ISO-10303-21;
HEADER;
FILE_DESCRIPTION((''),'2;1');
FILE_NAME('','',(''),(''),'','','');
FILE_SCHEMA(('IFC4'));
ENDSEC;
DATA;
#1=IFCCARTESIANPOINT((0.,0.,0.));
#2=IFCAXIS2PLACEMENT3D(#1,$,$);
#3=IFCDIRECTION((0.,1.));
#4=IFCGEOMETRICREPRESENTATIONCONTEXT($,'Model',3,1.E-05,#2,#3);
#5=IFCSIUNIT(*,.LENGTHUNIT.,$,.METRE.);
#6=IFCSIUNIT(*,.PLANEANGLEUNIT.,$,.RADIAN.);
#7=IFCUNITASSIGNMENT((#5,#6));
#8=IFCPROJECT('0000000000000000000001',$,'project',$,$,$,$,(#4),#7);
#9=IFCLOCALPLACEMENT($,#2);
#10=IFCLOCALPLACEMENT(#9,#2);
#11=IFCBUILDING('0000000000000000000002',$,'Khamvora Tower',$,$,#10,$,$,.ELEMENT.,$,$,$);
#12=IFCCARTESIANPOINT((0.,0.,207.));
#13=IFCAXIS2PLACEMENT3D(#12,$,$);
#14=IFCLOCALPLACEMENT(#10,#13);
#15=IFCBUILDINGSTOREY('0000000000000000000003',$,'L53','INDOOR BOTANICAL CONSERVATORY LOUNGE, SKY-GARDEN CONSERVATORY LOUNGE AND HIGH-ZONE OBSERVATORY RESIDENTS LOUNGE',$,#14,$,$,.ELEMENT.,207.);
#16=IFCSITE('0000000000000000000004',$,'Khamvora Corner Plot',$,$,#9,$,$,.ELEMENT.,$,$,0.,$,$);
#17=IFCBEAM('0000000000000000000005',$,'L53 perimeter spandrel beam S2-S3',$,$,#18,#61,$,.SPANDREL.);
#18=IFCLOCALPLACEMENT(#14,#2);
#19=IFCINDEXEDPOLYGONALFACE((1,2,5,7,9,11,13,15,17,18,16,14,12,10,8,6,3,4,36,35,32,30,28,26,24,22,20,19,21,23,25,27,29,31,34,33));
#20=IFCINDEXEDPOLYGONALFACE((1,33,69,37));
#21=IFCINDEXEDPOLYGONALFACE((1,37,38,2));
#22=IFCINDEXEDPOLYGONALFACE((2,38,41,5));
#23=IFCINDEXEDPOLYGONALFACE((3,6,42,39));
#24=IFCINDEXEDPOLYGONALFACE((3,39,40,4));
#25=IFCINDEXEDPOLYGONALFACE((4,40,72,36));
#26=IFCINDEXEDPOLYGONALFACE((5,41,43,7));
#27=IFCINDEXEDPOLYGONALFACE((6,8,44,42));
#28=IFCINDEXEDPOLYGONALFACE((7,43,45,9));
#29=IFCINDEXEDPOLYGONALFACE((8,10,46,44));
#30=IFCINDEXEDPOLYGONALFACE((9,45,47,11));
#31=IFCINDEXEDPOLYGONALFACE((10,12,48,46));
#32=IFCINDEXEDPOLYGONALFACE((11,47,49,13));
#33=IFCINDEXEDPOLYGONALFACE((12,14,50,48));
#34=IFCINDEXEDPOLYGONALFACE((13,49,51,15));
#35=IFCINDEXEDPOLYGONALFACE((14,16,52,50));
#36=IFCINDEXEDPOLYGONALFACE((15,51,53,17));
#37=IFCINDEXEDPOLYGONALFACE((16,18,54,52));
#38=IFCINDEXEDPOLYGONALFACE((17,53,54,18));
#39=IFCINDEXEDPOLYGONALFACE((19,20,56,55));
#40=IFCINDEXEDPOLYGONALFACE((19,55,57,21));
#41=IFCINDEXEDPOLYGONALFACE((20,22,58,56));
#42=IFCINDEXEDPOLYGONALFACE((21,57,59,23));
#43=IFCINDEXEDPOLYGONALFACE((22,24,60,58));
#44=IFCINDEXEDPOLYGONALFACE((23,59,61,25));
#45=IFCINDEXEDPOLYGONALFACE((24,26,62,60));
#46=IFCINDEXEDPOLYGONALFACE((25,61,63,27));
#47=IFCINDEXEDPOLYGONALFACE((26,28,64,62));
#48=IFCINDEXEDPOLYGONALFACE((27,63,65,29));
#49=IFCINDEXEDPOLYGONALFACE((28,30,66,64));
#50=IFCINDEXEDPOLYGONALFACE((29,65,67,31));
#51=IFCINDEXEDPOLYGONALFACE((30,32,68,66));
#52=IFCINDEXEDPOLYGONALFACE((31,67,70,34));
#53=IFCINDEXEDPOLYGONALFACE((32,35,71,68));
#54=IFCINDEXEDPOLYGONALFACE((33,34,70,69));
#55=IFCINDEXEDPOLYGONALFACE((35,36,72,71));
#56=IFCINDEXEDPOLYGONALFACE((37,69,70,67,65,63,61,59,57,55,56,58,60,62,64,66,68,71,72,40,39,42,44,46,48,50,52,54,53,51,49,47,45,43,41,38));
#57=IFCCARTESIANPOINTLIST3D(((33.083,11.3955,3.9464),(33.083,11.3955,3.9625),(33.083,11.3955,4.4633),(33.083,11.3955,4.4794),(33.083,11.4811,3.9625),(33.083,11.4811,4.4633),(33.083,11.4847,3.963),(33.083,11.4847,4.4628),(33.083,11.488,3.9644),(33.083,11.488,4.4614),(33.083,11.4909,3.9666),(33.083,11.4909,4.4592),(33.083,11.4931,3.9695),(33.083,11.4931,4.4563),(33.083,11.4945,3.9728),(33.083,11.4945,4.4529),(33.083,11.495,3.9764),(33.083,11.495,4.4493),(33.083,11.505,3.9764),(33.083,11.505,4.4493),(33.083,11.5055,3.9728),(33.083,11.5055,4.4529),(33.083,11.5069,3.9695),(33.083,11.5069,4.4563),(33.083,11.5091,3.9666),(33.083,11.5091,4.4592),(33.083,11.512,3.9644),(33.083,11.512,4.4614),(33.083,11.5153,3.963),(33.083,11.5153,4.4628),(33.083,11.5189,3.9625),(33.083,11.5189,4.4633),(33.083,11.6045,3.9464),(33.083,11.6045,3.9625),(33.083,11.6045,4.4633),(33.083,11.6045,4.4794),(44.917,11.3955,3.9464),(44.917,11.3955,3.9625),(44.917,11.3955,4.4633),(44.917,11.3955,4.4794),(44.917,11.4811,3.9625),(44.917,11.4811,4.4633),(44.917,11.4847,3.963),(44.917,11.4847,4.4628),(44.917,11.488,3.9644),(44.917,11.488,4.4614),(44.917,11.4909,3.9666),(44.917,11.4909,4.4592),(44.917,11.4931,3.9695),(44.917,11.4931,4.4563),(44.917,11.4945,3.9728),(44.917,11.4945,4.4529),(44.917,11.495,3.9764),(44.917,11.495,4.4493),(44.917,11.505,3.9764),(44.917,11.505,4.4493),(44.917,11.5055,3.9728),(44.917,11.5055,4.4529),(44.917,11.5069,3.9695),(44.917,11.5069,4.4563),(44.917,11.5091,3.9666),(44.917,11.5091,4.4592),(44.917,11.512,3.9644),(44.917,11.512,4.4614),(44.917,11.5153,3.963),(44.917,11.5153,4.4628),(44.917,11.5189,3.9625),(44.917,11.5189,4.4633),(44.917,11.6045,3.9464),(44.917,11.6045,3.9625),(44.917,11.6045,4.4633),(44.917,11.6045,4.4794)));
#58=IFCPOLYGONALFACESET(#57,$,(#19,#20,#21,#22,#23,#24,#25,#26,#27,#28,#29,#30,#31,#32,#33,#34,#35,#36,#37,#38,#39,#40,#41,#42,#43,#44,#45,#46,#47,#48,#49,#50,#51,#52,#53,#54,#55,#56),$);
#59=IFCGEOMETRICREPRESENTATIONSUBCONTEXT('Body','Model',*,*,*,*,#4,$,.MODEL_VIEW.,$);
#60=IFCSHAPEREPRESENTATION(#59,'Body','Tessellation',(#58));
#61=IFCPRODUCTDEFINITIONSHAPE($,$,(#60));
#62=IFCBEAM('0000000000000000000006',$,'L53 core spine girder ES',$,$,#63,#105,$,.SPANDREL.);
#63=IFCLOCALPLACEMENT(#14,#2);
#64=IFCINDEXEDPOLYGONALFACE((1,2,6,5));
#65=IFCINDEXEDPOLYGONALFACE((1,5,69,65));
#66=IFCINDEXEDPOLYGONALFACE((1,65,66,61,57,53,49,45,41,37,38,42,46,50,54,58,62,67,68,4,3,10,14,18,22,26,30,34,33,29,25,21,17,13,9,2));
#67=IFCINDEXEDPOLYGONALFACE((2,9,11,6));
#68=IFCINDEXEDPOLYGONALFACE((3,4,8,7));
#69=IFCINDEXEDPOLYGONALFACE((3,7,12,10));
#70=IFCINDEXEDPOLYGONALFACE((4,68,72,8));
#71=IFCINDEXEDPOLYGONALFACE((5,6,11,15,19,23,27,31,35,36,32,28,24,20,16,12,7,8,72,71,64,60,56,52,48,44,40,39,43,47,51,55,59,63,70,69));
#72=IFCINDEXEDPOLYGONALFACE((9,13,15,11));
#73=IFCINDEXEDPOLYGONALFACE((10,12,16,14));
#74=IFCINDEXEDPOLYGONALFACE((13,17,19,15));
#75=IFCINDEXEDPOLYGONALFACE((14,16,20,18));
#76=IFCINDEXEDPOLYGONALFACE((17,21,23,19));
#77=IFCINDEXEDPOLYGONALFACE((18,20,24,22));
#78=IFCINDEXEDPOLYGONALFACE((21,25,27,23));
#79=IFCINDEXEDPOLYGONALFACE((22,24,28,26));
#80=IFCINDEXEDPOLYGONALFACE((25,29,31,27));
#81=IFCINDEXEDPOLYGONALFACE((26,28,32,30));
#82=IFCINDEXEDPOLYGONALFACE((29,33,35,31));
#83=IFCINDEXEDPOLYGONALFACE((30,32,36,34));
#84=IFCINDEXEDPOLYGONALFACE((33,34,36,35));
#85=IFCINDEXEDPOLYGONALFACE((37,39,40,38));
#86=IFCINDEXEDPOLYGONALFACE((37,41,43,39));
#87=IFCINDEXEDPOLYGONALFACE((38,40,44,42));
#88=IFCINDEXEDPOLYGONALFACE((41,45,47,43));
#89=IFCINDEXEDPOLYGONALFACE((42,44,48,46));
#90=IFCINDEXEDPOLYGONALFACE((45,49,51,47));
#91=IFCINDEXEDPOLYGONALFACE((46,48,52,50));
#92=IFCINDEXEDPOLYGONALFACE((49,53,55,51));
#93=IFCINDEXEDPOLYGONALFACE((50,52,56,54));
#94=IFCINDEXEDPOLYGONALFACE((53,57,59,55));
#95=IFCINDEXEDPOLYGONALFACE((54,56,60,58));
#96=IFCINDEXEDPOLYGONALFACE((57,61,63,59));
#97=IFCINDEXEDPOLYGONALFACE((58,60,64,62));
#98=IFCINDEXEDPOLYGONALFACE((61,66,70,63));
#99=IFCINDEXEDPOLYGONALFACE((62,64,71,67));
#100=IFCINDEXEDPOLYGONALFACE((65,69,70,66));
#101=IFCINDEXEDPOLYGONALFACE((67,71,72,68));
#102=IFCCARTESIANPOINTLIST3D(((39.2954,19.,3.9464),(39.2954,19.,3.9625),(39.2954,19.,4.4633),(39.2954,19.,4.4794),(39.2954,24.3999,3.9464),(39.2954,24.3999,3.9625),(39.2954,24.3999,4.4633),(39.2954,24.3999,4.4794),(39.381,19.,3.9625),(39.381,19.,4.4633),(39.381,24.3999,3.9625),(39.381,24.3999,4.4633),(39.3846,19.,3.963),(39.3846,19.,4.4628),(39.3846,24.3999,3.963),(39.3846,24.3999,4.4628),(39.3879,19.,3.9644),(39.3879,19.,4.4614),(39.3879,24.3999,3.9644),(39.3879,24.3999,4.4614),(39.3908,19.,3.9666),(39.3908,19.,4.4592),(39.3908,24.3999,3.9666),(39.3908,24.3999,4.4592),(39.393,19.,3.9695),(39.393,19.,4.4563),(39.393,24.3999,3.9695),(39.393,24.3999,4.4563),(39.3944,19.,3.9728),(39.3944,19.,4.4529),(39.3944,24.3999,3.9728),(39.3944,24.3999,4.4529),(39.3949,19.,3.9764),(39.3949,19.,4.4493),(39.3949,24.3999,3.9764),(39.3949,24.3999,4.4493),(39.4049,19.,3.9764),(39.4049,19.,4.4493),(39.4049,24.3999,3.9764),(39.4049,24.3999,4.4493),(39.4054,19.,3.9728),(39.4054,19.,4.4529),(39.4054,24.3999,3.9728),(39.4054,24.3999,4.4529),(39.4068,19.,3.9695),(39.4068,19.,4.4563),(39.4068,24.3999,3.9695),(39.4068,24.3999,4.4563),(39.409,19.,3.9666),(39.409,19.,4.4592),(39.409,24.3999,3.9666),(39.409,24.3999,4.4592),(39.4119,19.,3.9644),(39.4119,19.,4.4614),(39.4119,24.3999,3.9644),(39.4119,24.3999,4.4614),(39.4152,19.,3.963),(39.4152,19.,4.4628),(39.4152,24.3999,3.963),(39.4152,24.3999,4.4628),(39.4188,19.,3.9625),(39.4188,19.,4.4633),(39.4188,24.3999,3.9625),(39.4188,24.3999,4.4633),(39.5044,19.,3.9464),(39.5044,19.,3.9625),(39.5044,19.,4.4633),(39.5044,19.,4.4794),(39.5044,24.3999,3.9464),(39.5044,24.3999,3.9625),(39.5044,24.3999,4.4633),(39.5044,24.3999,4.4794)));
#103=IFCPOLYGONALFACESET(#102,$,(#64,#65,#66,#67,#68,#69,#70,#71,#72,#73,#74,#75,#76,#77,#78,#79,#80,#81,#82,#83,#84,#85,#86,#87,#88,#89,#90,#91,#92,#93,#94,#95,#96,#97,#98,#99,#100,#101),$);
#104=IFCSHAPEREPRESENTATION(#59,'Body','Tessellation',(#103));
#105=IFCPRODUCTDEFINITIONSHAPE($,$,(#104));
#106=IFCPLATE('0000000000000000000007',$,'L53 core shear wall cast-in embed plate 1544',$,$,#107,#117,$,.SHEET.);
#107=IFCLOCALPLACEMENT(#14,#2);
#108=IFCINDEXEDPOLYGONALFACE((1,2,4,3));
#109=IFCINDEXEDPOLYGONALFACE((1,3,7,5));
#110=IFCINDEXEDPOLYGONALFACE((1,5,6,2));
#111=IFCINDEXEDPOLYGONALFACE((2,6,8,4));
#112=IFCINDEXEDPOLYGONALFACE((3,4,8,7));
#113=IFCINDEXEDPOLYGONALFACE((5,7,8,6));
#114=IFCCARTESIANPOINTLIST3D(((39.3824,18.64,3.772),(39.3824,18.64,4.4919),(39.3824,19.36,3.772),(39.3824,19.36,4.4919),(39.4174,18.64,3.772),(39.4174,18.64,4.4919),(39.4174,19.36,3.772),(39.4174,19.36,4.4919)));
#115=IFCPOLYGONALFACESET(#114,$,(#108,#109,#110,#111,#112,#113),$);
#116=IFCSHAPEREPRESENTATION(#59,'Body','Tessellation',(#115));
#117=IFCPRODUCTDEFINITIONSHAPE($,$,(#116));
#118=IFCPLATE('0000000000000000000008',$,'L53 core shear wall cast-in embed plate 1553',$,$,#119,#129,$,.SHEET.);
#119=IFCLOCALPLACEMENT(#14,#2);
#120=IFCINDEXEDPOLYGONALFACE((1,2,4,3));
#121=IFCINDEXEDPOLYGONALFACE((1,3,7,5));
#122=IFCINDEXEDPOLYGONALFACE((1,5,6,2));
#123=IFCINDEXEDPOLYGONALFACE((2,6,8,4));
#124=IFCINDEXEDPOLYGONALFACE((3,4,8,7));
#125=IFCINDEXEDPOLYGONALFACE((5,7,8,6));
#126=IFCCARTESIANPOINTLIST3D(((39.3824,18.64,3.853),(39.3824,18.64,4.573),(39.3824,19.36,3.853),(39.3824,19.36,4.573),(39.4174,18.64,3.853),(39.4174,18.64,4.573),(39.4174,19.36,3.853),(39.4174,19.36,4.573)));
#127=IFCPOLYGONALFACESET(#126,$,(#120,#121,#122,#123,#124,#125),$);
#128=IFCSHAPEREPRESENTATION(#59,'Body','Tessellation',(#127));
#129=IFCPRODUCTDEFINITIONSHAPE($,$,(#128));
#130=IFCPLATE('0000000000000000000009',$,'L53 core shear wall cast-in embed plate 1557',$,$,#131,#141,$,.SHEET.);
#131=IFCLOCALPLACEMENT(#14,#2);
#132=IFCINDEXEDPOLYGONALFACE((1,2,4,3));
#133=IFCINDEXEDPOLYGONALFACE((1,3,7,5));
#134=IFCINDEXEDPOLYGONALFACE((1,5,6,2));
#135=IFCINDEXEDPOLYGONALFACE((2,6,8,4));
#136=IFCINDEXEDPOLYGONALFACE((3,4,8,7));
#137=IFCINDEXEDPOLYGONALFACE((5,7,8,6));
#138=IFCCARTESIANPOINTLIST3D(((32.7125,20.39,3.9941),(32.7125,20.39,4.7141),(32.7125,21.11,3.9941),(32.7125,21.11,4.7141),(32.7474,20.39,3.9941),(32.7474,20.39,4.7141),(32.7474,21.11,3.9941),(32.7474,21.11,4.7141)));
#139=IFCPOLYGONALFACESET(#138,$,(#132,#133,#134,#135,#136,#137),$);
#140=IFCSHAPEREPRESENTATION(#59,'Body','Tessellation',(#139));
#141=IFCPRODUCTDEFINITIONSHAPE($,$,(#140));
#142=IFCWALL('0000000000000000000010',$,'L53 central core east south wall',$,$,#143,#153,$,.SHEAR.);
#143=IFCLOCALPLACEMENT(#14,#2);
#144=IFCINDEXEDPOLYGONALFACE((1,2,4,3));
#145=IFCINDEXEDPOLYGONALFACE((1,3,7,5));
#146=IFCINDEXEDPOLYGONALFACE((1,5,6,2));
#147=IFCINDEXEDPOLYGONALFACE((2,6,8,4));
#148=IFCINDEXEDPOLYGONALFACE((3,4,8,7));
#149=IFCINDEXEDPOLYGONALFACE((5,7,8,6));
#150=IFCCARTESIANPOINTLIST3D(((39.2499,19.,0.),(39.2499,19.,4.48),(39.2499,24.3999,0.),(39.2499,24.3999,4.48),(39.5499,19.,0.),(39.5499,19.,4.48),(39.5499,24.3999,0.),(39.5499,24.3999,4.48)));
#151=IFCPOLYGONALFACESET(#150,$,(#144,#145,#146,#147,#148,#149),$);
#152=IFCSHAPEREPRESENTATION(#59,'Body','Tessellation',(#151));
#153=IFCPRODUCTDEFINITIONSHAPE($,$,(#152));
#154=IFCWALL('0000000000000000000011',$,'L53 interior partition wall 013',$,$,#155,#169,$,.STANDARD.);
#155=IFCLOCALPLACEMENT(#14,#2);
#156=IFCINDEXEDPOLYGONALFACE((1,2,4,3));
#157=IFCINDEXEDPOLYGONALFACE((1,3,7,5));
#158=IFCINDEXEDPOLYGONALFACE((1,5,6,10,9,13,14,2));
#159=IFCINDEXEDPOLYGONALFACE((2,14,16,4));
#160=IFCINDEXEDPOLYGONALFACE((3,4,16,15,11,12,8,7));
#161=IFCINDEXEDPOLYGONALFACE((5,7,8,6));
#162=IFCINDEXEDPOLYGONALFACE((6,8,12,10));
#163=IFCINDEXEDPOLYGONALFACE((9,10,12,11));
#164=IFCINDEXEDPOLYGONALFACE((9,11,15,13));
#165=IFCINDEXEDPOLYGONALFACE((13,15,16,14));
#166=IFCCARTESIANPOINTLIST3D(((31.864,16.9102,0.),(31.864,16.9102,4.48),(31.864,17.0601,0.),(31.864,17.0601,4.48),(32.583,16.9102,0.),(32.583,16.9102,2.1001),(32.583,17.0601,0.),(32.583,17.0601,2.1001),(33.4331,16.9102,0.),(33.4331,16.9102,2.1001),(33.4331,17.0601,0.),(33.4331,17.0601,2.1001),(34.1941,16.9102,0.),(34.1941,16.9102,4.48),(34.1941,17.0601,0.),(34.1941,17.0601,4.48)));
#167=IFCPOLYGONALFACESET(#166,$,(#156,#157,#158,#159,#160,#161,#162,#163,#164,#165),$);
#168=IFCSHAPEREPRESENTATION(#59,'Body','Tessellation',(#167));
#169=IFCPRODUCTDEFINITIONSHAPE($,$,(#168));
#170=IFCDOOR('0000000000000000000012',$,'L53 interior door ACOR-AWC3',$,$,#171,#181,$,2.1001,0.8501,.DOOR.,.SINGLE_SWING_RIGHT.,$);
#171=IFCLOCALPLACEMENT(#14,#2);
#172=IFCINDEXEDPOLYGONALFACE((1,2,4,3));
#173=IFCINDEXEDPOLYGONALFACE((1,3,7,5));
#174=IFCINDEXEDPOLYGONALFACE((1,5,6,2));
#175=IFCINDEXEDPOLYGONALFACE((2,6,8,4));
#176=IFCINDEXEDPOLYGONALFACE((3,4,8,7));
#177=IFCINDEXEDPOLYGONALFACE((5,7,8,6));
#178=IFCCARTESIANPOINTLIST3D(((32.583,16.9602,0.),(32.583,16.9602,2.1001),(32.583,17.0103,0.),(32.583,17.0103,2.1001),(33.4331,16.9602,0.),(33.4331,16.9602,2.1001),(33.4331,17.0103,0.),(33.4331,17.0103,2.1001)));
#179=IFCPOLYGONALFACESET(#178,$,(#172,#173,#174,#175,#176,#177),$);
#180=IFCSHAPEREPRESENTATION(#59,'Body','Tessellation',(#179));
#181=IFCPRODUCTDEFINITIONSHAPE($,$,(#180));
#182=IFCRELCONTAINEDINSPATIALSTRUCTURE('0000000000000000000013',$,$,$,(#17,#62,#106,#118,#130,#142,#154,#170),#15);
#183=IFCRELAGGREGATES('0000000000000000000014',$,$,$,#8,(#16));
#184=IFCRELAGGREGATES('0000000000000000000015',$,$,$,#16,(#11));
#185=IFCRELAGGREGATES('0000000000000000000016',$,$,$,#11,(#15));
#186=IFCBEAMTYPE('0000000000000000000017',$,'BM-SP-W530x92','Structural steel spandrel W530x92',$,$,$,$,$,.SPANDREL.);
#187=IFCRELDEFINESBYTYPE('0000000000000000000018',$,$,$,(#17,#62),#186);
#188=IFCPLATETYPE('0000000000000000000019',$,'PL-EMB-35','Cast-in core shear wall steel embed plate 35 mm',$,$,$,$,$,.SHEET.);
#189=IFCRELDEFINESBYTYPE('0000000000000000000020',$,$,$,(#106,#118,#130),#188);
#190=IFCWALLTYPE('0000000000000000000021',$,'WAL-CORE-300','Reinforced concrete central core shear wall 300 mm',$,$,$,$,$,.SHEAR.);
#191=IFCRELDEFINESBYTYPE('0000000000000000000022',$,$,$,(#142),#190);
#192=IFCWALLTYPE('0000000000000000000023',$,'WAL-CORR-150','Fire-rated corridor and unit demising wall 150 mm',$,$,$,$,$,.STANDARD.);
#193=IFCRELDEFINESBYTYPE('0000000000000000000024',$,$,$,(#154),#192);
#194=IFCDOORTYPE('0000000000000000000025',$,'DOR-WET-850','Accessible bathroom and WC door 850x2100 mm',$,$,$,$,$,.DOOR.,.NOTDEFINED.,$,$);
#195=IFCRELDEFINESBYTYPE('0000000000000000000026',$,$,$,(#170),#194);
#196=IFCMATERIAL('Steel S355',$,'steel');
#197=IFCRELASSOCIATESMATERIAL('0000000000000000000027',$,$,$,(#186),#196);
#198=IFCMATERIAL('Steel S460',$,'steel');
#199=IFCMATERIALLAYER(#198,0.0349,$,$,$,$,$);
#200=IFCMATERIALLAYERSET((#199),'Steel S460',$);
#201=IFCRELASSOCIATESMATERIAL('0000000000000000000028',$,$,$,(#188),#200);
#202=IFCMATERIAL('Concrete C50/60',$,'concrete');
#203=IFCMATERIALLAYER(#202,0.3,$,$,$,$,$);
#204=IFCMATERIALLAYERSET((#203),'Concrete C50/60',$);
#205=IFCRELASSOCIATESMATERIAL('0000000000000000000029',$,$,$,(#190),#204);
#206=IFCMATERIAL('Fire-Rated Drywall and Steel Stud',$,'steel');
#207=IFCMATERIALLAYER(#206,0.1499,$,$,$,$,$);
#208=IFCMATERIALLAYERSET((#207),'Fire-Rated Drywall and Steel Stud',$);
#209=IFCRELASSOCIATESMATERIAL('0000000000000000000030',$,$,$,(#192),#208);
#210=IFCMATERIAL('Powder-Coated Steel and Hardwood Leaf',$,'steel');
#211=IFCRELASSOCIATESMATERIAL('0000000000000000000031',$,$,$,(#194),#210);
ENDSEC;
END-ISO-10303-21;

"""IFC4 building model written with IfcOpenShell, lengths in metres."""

from ifc_helpers import new_model, si_unit, direction, frame, frame_2d, origin, origin_2d, place, context, subcontext, project, spatial, rectangle, i_section, extrude, material, layer, layer_set, material_profile, profile_set, type_object, element, fill, save


model = new_model("IFC4")

# Units and contexts
model_context = context("Model", 3, precision=1e-05, world=origin(), true_north=direction((0.0, 1.0)))
body_context = subcontext(model_context, "Body", "Model", "MODEL_VIEW")
ifc_project = project(units=[si_unit("LENGTHUNIT", "METRE"), si_unit("PLANEANGLEUNIT", "RADIAN")], contexts=[model_context])

# Site, building, storey
site_placement = place(None, origin())
site = spatial("IfcSite", under=ifc_project, at=site_placement, Name="Khamvora Corner Plot", CompositionType="ELEMENT", RefElevation=0.0)
building_placement = place(site_placement, origin())
building = spatial("IfcBuilding", under=site, at=building_placement, Name="Khamvora Tower", CompositionType="ELEMENT")
storey_placement = place(building_placement, frame((0.0, 0.0, 207.0)))
storey = spatial("IfcBuildingStorey", under=building, at=storey_placement, Name="L53", Description="INDOOR BOTANICAL CONSERVATORY LOUNGE, SKY-GARDEN CONSERVATORY LOUNGE AND HIGH-ZONE OBSERVATORY RESIDENTS LOUNGE", CompositionType="ELEMENT", Elevation=207.0)

# Shared definitions
ifc_material_1 = material(Name="Steel S460", Category="steel")
ifc_material_2 = material(Name="Steel S355", Category="steel")

# Beams
ifc_material_profile_1 = material_profile(ifc_material_2, i_section(OverallWidth=0.209, OverallDepth=0.533, WebThickness=0.01, FlangeThickness=0.0161, FilletRadius=0.0139, at=origin_2d()), Name="W530x92")
ifc_profile_set_1 = profile_set([ifc_material_profile_1], Name="Steel S355")
beam_type_1 = type_object("IfcBeamType", Name="BM-SP-W530x92", Description="Structural steel spandrel W530x92", PredefinedType="SPANDREL", material=ifc_profile_set_1)
beam_1_placement = place(storey_placement, frame((33.083, 11.5, 4.2129), z_axis=(1.0, 0.0, 0.0), x_axis=(0.0, 1.0, 0.0)))
element("IfcBeam", 1, at=beam_1_placement, inside=storey, type_object=beam_type_1, Name="L53 perimeter spandrel beam S2-S3", PredefinedType="SPANDREL", context=body_context, shape_type="SweptSolid", body=[
    extrude(i_section(OverallWidth=0.209, OverallDepth=0.533, WebThickness=0.01, FlangeThickness=0.0161, FilletRadius=0.0139, at=origin_2d()), origin(), (0.0, 0.0, 1.0), 11.834),
])
beam_2_placement = place(storey_placement, frame((39.3999, 19.0, 4.2129), z_axis=(0.0, 1.0, 0.0), x_axis=(-1.0, 0.0, 0.0)))
element("IfcBeam", 2, at=beam_2_placement, inside=storey, type_object=beam_type_1, Name="L53 core spine girder ES", PredefinedType="SPANDREL", context=body_context, shape_type="SweptSolid", body=[
    extrude(i_section(OverallWidth=0.209, OverallDepth=0.533, WebThickness=0.01, FlangeThickness=0.0161, FilletRadius=0.0139, at=origin_2d()), origin(), (0.0, 0.0, 1.0), 5.3999),
])

# Plates
ifc_layer_1 = layer(ifc_material_1, 0.0349)
ifc_layer_set_1 = layer_set([ifc_layer_1], Name="Steel S460")
plate_type = type_object("IfcPlateType", Name="PL-EMB-35", Description="Cast-in core shear wall steel embed plate 35 mm", PredefinedType="SHEET", material=ifc_layer_set_1)
for number, where, z_axis, x_axis, name in (
    (3, (39.3999, 19.0, 3.772), (0.0, 0.0, 1.0), (1.0, 0.0, 0.0), "L53 core shear wall cast-in embed plate 1544"),
    (4, (39.3999, 19.0, 3.853), (0.0, 0.0, 1.0), (1.0, 0.0, 0.0), "L53 core shear wall cast-in embed plate 1553"),
    (5, (32.73, 20.75, 3.9941), (0.0, 0.0, 1.0), (1.0, 0.0, 0.0), "L53 core shear wall cast-in embed plate 1557"),
):
    element("IfcPlate", number, at=place(storey_placement, frame(where, z_axis=z_axis, x_axis=x_axis)), inside=storey, type_object=plate_type, Name=name, PredefinedType="SHEET", context=body_context, shape_type="SweptSolid", body=[
        extrude(rectangle(XDim=0.0349, YDim=0.72, at=origin_2d()), origin(), (0.0, 0.0, 1.0), 0.72),
    ])

# Wall
ifc_material_3 = material(Name="Concrete C50/60", Category="concrete")
ifc_layer_2 = layer(ifc_material_3, 0.3)
ifc_layer_set_2 = layer_set([ifc_layer_2], Name="Concrete C50/60")
wall_type_1 = type_object("IfcWallType", Name="WAL-CORE-300", Description="Reinforced concrete central core shear wall 300 mm", PredefinedType="SHEAR", material=ifc_layer_set_2)
wall_1_placement = place(storey_placement, frame((39.3999, 19.0, 0.0), z_axis=(0.0, 0.0, 1.0), x_axis=(0.0, 1.0, 0.0)))
element("IfcWall", 6, at=wall_1_placement, inside=storey, type_object=wall_type_1, Name="L53 central core east south wall", PredefinedType="SHEAR", context=body_context, shape_type="SweptSolid", body=[
    extrude(rectangle(XDim=5.3999, YDim=0.3, at=frame_2d((2.7, 0.0))), origin(), (0.0, 0.0, 1.0), 4.48),
])

# Shared definitions
ifc_material_4 = material(Name="Powder-Coated Steel and Hardwood Leaf", Category="steel")

# Wall, opening, door
ifc_material_5 = material(Name="Fire-Rated Drywall and Steel Stud", Category="steel")
ifc_layer_3 = layer(ifc_material_5, 0.1499)
ifc_layer_set_3 = layer_set([ifc_layer_3], Name="Fire-Rated Drywall and Steel Stud")
wall_type_2 = type_object("IfcWallType", Name="WAL-CORR-150", Description="Fire-rated corridor and unit demising wall 150 mm", PredefinedType="STANDARD", material=ifc_layer_set_3)
wall_2_placement = place(storey_placement, frame((34.1941, 16.9851, 0.0), z_axis=(0.0, 0.0, 1.0), x_axis=(-1.0, 0.0, 0.0)))
wall_2 = element("IfcWall", 7, at=wall_2_placement, inside=storey, type_object=wall_type_2, Name="L53 interior partition wall 013", PredefinedType="STANDARD", context=body_context, shape_type="SweptSolid", body=[
    extrude(rectangle(XDim=2.3301, YDim=0.1499, at=frame_2d((1.165, 0.0))), origin(), (0.0, 0.0, 1.0), 4.48),
])
opening_1_placement = place(wall_2_placement, frame((0.761, 0.0, 0.0)))
opening_1 = element("IfcOpeningElement", 8, at=opening_1_placement, cuts=wall_2, PredefinedType="OPENING", context=body_context, shape_type="SweptSolid", body=[
    extrude(rectangle(XDim=0.8501, YDim=2.1001, at=frame_2d((0.425, 1.05))), frame((0.0, 0.085, 0.0), z_axis=(0.0, -1.0, 0.0), x_axis=(1.0, 0.0, 0.0)), (0.0, 0.0, 1.0), 0.1699),
])
door_type_1 = type_object("IfcDoorType", Name="DOR-WET-850", Description="Accessible bathroom and WC door 850x2100 mm", OperationType="NOTDEFINED", PredefinedType="DOOR", material=ifc_material_4)
door_1_placement = place(opening_1_placement, origin())
door_1 = element("IfcDoor", 9, at=door_1_placement, inside=storey, type_object=door_type_1, Name="L53 interior door ACOR-AWC3", OperationType="SINGLE_SWING_RIGHT", OverallHeight=2.1001, OverallWidth=0.8501, PredefinedType="DOOR", context=body_context, shape_type="SweptSolid", body=[
    extrude(rectangle(XDim=0.8501, YDim=2.1001, at=frame_2d((0.425, 1.05))), frame((0.0, 0.0249, 0.0), z_axis=(0.0, -1.0, 0.0), x_axis=(1.0, 0.0, 0.0)), (0.0, 0.0, 1.0), 0.05),
])
fill(opening_1, door_1)

save(model, "model.ifc")
